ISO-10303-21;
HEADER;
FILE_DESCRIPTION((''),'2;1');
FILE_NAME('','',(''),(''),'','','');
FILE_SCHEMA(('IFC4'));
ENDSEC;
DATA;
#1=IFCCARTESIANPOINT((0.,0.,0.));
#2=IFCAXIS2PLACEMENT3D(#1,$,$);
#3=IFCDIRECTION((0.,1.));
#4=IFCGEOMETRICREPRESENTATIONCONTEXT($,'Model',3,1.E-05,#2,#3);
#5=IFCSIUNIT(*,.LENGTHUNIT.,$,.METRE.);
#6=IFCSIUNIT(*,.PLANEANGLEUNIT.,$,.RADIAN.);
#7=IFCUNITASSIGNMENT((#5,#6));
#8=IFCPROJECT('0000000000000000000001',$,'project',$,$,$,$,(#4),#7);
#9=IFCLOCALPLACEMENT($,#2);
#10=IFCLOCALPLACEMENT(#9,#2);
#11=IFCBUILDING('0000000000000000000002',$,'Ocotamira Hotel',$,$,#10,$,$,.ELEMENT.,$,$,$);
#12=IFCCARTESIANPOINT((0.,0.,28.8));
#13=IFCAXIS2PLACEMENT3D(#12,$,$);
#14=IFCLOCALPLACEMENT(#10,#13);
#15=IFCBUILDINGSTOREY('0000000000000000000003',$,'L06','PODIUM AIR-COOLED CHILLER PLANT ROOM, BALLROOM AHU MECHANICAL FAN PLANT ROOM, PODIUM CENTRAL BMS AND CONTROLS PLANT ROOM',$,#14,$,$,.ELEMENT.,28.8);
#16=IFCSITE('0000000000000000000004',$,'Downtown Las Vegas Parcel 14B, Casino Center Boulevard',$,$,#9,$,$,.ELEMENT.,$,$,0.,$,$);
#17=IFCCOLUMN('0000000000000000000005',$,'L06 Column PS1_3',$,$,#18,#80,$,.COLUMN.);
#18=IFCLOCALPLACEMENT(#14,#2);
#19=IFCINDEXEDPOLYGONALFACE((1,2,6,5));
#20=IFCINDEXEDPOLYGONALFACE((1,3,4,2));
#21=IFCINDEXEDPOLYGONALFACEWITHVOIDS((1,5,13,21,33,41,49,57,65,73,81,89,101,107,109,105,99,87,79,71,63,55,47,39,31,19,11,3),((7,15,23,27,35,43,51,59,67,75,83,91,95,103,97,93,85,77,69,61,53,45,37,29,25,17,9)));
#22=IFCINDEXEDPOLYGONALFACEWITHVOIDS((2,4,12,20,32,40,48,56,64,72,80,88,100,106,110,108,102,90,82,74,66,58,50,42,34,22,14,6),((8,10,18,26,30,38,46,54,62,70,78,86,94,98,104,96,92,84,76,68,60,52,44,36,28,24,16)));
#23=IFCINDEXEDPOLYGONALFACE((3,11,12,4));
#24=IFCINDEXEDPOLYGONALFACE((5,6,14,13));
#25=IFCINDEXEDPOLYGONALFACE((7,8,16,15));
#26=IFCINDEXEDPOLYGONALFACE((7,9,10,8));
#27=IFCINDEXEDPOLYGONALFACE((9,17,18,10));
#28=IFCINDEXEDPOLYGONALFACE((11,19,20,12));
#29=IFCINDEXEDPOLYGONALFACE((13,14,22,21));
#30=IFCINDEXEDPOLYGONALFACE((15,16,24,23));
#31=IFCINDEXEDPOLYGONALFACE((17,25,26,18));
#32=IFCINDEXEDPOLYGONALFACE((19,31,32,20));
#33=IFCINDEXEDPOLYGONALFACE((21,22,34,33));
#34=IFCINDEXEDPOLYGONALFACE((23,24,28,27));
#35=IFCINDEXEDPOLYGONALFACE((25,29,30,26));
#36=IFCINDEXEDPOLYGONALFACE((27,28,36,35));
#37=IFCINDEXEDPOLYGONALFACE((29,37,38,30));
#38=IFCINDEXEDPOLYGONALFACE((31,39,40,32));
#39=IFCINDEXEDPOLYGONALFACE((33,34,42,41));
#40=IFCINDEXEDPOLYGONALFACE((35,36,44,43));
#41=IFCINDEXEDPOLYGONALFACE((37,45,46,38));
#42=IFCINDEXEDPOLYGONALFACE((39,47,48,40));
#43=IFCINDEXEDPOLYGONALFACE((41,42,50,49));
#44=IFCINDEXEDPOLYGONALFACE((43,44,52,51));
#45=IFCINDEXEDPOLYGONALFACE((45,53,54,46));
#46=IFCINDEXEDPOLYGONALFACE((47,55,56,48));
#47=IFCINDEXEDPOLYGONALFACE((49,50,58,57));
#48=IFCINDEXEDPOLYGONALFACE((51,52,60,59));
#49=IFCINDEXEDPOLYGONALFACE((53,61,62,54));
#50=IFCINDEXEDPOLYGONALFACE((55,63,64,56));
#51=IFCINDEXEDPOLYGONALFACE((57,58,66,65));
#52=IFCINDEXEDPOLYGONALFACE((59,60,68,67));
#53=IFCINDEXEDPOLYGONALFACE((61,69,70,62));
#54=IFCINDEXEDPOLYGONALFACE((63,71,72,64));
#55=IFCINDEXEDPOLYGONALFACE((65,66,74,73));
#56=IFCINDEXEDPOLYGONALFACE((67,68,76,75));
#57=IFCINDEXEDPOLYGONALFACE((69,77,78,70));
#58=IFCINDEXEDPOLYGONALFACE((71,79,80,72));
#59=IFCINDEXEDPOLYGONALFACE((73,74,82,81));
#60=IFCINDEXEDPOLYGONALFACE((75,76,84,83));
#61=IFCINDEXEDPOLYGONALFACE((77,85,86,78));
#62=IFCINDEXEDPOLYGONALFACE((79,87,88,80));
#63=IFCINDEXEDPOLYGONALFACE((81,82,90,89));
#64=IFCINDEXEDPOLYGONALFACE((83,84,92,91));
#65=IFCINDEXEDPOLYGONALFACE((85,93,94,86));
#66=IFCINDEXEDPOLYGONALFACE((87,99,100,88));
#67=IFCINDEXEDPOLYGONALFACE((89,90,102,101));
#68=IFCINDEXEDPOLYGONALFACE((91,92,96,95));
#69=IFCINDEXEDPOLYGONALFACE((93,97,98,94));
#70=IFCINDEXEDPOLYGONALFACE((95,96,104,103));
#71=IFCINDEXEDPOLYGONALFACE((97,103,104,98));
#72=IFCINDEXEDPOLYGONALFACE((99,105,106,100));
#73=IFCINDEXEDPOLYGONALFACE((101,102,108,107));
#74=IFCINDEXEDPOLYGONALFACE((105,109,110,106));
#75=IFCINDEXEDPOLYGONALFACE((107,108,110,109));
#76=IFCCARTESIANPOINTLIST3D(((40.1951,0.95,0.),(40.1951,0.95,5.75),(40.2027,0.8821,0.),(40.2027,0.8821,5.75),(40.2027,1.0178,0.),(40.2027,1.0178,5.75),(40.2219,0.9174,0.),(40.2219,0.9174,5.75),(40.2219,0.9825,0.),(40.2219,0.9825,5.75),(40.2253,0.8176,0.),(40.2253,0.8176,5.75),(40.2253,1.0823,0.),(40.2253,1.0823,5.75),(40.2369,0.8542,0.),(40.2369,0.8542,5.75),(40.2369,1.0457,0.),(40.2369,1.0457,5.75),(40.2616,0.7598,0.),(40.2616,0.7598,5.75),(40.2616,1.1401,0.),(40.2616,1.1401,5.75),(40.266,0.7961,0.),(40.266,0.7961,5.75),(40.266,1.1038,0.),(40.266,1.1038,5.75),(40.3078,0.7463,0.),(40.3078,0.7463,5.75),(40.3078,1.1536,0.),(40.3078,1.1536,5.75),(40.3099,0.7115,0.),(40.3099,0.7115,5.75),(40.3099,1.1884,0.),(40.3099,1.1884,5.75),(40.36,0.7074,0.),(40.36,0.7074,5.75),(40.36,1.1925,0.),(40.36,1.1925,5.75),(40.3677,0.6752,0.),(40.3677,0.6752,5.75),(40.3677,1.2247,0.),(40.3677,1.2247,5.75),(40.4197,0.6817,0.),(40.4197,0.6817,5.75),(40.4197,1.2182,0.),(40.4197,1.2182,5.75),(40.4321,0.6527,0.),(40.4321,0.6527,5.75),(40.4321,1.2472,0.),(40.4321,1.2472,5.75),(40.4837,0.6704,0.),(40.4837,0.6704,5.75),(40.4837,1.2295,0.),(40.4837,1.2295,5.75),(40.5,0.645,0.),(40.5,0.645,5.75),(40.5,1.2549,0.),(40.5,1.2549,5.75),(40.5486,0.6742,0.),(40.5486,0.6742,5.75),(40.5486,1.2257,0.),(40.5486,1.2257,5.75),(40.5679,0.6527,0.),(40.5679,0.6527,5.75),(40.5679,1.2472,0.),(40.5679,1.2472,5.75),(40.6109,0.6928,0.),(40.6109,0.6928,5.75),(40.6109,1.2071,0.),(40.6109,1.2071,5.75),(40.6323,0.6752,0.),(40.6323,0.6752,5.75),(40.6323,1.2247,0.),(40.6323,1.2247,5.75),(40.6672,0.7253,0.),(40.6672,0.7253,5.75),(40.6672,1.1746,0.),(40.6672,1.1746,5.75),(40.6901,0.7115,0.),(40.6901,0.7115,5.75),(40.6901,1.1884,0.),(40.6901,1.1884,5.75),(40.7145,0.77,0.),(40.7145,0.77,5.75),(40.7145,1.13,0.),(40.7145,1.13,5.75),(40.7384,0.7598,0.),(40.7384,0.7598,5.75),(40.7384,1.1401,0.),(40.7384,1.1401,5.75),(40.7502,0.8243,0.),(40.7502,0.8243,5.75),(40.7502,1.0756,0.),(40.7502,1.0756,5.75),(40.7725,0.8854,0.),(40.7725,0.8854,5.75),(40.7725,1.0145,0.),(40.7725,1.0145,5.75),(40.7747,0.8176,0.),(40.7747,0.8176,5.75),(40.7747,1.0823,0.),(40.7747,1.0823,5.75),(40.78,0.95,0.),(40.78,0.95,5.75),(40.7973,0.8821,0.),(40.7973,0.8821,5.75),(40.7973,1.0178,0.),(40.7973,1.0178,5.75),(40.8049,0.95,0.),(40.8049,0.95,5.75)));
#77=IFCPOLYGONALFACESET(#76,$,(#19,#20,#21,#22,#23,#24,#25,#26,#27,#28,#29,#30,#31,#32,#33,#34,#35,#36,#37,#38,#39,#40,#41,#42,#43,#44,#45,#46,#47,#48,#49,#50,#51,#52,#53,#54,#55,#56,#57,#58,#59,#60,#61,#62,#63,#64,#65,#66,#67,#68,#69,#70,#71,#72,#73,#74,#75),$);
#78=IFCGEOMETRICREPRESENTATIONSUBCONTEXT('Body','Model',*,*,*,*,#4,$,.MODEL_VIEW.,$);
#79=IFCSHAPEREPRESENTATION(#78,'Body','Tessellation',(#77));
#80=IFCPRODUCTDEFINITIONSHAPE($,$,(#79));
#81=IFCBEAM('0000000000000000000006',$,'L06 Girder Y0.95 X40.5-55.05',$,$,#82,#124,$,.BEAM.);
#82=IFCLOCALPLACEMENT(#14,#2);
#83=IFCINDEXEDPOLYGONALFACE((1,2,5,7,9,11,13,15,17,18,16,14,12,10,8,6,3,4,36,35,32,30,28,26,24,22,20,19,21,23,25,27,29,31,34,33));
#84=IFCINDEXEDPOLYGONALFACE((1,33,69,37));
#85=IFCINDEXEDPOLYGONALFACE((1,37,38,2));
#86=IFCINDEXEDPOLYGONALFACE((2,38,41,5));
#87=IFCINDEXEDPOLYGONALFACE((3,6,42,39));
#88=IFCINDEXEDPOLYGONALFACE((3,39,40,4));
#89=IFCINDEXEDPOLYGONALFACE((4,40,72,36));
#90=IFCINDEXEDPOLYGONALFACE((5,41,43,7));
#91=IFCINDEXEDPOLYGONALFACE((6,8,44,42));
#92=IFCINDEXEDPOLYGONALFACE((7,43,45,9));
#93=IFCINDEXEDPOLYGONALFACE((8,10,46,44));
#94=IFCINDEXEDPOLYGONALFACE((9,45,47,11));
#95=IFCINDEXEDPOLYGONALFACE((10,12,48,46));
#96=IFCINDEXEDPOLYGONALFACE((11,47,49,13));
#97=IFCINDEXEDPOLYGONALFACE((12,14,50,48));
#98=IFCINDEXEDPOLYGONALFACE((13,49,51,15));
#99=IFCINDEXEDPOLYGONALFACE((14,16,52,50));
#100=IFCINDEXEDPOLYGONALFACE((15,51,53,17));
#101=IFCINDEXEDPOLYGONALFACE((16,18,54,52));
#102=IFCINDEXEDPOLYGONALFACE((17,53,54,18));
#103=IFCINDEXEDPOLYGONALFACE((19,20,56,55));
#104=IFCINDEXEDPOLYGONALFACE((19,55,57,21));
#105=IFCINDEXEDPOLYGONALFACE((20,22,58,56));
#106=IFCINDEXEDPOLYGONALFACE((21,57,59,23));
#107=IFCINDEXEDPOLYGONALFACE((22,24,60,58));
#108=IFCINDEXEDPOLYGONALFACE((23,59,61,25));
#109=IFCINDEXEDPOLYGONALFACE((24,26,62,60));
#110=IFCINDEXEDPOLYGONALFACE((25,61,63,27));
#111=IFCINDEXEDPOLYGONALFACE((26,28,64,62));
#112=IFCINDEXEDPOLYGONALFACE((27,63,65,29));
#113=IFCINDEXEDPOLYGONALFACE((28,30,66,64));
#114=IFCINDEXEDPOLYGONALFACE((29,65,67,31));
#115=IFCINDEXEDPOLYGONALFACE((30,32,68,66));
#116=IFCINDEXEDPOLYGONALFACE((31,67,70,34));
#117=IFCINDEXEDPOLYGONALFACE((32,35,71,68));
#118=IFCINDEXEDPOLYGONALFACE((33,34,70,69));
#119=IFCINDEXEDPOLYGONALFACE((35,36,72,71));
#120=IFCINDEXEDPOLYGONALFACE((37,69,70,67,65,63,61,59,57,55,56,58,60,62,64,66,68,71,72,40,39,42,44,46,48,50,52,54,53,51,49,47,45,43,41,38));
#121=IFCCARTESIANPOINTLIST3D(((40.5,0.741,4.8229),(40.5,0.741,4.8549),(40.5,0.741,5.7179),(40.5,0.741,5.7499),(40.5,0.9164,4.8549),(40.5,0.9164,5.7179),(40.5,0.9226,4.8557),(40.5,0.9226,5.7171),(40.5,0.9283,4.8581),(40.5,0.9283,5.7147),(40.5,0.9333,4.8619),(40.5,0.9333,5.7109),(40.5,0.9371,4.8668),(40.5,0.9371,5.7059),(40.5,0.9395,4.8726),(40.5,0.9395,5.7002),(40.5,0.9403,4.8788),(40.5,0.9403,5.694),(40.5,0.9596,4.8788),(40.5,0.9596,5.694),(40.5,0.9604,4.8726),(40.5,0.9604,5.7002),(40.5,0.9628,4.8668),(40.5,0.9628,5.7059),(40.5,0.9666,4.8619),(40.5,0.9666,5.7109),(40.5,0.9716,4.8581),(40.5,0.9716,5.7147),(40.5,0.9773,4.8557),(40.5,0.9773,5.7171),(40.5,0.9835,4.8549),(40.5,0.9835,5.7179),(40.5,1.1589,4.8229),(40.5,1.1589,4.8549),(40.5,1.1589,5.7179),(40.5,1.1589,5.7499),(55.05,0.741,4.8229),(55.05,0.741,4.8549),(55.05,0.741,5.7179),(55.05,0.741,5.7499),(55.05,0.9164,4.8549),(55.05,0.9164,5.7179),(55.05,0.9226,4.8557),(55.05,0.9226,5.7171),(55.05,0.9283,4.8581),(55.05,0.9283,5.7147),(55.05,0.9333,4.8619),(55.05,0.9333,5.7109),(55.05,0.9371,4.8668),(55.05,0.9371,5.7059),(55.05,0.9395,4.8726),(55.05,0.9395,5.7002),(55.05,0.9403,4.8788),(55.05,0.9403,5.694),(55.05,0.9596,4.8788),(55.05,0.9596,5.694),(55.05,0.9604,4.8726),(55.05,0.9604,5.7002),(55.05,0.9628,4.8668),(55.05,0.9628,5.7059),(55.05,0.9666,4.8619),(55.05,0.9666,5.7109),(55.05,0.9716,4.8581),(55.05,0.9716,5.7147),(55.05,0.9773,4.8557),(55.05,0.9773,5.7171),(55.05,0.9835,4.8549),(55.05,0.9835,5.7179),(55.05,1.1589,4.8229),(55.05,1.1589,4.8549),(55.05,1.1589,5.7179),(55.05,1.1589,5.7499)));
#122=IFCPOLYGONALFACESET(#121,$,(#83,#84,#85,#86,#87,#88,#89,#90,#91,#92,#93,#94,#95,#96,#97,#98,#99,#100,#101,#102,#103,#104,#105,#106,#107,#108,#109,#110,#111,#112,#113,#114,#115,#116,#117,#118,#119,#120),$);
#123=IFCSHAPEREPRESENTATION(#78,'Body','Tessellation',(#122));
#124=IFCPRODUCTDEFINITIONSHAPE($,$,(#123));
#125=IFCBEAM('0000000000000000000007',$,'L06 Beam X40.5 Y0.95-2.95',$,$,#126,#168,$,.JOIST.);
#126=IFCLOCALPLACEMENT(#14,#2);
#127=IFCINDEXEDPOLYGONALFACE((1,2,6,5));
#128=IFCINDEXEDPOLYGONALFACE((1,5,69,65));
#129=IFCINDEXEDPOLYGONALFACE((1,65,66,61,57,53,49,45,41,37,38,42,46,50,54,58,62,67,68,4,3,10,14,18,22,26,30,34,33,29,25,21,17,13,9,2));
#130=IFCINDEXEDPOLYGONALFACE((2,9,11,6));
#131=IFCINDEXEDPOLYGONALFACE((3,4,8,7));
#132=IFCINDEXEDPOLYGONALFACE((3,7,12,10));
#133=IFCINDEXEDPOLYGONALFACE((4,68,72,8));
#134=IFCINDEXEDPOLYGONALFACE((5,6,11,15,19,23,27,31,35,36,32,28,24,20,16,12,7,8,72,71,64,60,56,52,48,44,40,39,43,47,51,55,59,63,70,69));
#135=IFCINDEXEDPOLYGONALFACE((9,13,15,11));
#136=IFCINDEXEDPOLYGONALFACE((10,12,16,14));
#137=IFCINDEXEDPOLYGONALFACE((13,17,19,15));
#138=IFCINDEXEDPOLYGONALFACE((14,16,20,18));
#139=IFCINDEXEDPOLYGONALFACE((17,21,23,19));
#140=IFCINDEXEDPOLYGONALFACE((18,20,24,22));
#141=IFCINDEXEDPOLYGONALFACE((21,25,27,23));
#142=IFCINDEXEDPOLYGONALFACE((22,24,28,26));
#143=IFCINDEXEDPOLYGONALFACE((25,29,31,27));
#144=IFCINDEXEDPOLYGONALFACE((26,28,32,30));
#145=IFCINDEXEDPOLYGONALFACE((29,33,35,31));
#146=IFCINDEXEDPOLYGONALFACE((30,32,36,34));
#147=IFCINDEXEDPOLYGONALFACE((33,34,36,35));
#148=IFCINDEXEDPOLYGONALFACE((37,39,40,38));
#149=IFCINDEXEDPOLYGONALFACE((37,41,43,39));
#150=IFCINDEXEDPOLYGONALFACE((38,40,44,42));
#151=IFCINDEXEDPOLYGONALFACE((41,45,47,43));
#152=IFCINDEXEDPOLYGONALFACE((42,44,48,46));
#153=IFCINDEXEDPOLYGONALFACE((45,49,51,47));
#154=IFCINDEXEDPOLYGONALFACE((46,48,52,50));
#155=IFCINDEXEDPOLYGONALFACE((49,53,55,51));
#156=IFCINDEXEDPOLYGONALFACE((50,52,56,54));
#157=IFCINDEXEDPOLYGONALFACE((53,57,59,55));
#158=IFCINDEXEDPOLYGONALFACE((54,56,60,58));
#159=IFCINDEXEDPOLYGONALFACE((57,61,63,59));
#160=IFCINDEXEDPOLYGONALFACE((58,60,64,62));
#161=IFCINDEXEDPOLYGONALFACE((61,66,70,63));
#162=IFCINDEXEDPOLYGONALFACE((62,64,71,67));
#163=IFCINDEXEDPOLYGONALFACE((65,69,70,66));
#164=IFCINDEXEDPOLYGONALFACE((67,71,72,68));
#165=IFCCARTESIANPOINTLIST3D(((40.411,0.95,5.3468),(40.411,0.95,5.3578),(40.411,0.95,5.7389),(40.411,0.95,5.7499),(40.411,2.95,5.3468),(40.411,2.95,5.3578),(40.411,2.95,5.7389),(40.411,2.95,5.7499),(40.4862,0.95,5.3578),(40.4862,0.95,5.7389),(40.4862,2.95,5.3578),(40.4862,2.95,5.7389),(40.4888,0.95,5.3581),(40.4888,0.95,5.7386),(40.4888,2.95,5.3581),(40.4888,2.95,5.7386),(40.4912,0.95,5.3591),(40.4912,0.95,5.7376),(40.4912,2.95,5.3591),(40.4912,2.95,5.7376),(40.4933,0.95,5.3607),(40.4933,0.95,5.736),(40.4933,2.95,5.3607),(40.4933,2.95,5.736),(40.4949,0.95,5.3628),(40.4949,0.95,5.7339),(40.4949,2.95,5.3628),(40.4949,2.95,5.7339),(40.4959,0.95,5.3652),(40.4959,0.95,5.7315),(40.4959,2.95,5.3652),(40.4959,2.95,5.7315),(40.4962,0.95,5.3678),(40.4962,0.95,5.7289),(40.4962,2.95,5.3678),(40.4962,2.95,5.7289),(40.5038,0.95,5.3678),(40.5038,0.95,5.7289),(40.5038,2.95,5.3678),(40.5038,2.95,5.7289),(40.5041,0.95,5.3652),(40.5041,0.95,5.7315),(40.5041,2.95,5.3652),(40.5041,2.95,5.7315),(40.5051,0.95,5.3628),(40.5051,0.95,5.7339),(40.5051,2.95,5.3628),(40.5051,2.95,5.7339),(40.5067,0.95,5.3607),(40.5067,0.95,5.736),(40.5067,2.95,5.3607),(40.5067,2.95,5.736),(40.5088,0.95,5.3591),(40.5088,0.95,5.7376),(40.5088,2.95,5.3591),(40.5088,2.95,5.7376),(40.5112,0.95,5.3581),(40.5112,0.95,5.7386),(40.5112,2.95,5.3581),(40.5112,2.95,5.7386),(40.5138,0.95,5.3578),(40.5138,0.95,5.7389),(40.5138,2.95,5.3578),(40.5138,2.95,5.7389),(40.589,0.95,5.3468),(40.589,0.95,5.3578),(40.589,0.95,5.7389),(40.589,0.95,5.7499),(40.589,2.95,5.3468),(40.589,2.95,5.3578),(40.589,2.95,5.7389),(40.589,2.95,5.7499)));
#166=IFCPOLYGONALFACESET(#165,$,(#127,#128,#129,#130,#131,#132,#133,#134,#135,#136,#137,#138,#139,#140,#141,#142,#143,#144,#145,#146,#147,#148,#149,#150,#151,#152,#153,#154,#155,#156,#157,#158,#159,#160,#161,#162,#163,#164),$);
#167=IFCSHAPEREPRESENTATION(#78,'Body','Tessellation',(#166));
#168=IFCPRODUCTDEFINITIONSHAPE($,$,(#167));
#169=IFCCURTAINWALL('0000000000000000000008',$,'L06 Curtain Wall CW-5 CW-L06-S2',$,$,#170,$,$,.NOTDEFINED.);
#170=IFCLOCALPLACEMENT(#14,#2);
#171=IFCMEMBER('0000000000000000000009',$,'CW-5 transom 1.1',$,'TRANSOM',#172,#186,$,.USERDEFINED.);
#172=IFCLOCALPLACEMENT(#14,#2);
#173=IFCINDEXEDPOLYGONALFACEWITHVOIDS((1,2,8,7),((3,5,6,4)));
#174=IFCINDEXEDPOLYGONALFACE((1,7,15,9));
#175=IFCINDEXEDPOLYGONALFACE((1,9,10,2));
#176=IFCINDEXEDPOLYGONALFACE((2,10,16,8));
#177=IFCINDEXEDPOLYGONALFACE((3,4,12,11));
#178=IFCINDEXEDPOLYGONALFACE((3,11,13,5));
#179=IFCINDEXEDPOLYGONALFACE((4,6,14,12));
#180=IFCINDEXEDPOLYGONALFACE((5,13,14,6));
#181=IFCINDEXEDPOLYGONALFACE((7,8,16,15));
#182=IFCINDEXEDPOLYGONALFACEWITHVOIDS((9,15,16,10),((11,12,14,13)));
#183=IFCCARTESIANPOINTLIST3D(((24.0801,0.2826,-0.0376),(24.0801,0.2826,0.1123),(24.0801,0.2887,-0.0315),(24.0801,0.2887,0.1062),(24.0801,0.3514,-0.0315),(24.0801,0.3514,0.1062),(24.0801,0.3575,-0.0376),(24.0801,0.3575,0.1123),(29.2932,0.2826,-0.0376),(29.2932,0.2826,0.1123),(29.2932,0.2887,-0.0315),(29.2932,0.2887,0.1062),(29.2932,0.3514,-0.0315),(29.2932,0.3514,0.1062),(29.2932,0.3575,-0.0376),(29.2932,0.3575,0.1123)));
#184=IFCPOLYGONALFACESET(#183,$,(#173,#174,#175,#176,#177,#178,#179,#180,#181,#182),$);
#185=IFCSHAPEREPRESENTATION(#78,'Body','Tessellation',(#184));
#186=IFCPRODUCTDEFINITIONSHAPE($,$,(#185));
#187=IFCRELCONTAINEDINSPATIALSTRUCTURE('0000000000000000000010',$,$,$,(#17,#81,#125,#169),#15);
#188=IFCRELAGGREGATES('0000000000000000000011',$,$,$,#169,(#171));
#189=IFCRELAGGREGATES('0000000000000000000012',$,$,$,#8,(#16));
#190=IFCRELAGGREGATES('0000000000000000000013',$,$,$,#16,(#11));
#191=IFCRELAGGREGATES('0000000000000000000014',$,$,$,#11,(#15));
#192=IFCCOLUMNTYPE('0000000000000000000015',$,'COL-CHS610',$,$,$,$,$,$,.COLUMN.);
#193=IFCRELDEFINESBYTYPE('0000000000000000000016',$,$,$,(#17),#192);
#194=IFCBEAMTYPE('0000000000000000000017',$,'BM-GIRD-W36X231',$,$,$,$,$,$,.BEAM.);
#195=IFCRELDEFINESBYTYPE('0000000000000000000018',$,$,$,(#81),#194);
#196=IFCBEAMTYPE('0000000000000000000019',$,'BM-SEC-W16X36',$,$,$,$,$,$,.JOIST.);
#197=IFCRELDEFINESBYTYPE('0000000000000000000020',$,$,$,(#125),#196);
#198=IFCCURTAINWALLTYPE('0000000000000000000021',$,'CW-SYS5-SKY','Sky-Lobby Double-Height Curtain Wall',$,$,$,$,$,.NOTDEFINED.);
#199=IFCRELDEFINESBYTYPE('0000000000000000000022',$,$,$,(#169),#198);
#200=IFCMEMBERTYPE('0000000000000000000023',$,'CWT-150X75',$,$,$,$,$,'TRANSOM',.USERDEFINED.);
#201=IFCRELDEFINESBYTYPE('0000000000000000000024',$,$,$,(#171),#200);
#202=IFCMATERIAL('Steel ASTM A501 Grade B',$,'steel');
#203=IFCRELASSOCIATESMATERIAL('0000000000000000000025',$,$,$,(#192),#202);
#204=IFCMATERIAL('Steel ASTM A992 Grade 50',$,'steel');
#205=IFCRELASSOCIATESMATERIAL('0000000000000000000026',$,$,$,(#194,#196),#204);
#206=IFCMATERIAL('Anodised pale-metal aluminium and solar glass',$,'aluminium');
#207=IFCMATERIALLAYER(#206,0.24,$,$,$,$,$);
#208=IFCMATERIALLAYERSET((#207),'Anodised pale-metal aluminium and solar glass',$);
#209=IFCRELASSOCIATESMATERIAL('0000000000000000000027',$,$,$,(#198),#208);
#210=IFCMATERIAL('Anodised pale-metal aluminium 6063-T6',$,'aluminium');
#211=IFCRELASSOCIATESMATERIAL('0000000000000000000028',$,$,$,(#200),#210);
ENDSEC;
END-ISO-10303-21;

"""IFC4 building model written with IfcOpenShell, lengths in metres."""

from ifc_helpers import new_model, si_unit, direction, frame, origin, origin_2d, place, context, subcontext, project, spatial, hollow_rectangle, hollow_circle, i_section, extrude, source, transform, mapped, material, layer, layer_set, material_profile, profile_set, type_object, element, aggregate, save


model = new_model("IFC4")

# Units and contexts
model_context = context("Model", 3, precision=1e-05, world=origin(), true_north=direction((0.0, 1.0)))
body_context = subcontext(model_context, "Body", "Model", "MODEL_VIEW")
ifc_project = project(units=[si_unit("LENGTHUNIT", "METRE"), si_unit("PLANEANGLEUNIT", "RADIAN")], contexts=[model_context])

# Site, building, storey
site_placement = place(None, origin())
site = spatial("IfcSite", under=ifc_project, at=site_placement, Name="Downtown Las Vegas Parcel 14B, Casino Center Boulevard", CompositionType="ELEMENT", RefElevation=0.0)
building_placement = place(site_placement, origin())
building = spatial("IfcBuilding", under=site, at=building_placement, Name="Ocotamira Hotel", CompositionType="ELEMENT")
storey_placement = place(building_placement, frame((0.0, 0.0, 28.8)))
storey = spatial("IfcBuildingStorey", under=building, at=storey_placement, Name="L06", Description="PODIUM AIR-COOLED CHILLER PLANT ROOM, BALLROOM AHU MECHANICAL FAN PLANT ROOM, PODIUM CENTRAL BMS AND CONTROLS PLANT ROOM", CompositionType="ELEMENT", Elevation=28.8)

# Column
ifc_material_1 = material(Name="Steel ASTM A501 Grade B", Category="steel")
ifc_material_profile_1 = material_profile(ifc_material_1, hollow_circle(Radius=0.3049, WallThickness=0.0249, at=origin_2d()), Name="CHS610X25")
ifc_profile_set_1 = profile_set([ifc_material_profile_1], Name="Steel ASTM A501 Grade B")
column_type = type_object("IfcColumnType", Name="COL-CHS610", PredefinedType="COLUMN", material=ifc_profile_set_1)
shared_shape_1 = source(origin(), body_context, "Body", "SweptSolid", [
    extrude(hollow_circle(Radius=0.3049, WallThickness=0.0249, at=origin_2d()), origin(), (0.0, 0.0, 1.0), 5.75),
])
column_placement = place(storey_placement, frame((40.5, 0.95, 0.0), z_axis=(0.0, 0.0, 1.0), x_axis=(1.0, 0.0, 0.0)))
element("IfcColumn", 1, at=column_placement, inside=storey, type_object=column_type, Name="L06 Column PS1_3", PredefinedType="COLUMN", context=body_context, shape_type="MappedRepresentation", body=[
    mapped(shared_shape_1, transform((0.0, 0.0, 0.0), scale=1.0)),
])

# Beams
ifc_material_2 = material(Name="Steel ASTM A992 Grade 50", Category="steel")
ifc_material_profile_2 = material_profile(ifc_material_2, i_section(OverallWidth=0.418, OverallDepth=0.927, WebThickness=0.0193, FlangeThickness=0.032, FilletRadius=0.0239, at=origin_2d()), Name="W36X231")
ifc_profile_set_2 = profile_set([ifc_material_profile_2], Name="Steel ASTM A992 Grade 50")
beam_type_1 = type_object("IfcBeamType", Name="BM-GIRD-W36X231", PredefinedType="BEAM", material=ifc_profile_set_2)
shared_shape_2 = source(origin(), body_context, "Body", "SweptSolid", [
    extrude(i_section(OverallWidth=0.418, OverallDepth=0.927, WebThickness=0.0193, FlangeThickness=0.032, FilletRadius=0.0239, at=origin_2d()), origin(), (0.0, 0.0, 1.0), 14.55),
])
beam_1_placement = place(storey_placement, frame((40.5, 0.95, 5.2864), z_axis=(1.0, 0.0, 0.0), x_axis=(0.0, 1.0, 0.0)))
element("IfcBeam", 2, at=beam_1_placement, inside=storey, type_object=beam_type_1, Name="L06 Girder Y0.95 X40.5-55.05", PredefinedType="BEAM", context=body_context, shape_type="MappedRepresentation", body=[
    mapped(shared_shape_2, transform((0.0, 0.0, 0.0), scale=1.0)),
])
ifc_material_profile_3 = material_profile(ifc_material_2, i_section(OverallWidth=0.178, OverallDepth=0.4031, WebThickness=0.0076, FlangeThickness=0.011, FilletRadius=0.01, at=origin_2d()), Name="W16X36")
ifc_profile_set_3 = profile_set([ifc_material_profile_3], Name="Steel ASTM A992 Grade 50")
beam_type_2 = type_object("IfcBeamType", Name="BM-SEC-W16X36", PredefinedType="JOIST", material=ifc_profile_set_3)
shared_shape_3 = source(origin(), body_context, "Body", "SweptSolid", [
    extrude(i_section(OverallWidth=0.178, OverallDepth=0.4031, WebThickness=0.0076, FlangeThickness=0.011, FilletRadius=0.01, at=origin_2d()), origin(), (0.0, 0.0, 1.0), 2.0),
])
beam_2_placement = place(storey_placement, frame((40.5, 0.95, 5.5483), z_axis=(0.0, 1.0, 0.0), x_axis=(-1.0, 0.0, 0.0)))
element("IfcBeam", 3, at=beam_2_placement, inside=storey, type_object=beam_type_2, Name="L06 Beam X40.5 Y0.95-2.95", PredefinedType="JOIST", context=body_context, shape_type="MappedRepresentation", body=[
    mapped(shared_shape_3, transform((0.0, 0.0, 0.0), scale=1.0)),
])

# Curtain wall, member
ifc_material_3 = material(Name="Anodised pale-metal aluminium and solar glass", Category="aluminium")
ifc_layer_1 = layer(ifc_material_3, 0.24)
ifc_layer_set_1 = layer_set([ifc_layer_1], Name="Anodised pale-metal aluminium and solar glass")
curtain_wall_type = type_object("IfcCurtainWallType", Name="CW-SYS5-SKY", Description="Sky-Lobby Double-Height Curtain Wall", PredefinedType="NOTDEFINED", material=ifc_layer_set_1)
curtain_wall_1_placement = place(storey_placement, origin())
curtain_wall_1 = element("IfcCurtainWall", 4, at=curtain_wall_1_placement, inside=storey, type_object=curtain_wall_type, Name="L06 Curtain Wall CW-5 CW-L06-S2", PredefinedType="NOTDEFINED")
ifc_material_4 = material(Name="Anodised pale-metal aluminium 6063-T6", Category="aluminium")
ifc_material_profile_4 = material_profile(ifc_material_4, hollow_rectangle(XDim=0.075, YDim=0.1499, WallThickness=0.0061, at=origin_2d()), Name="HSS150X75X6")
ifc_profile_set_4 = profile_set([ifc_material_profile_4], Name="Anodised pale-metal aluminium 6063-T6")
member_type_1 = type_object("IfcMemberType", Name="CWT-150X75", ElementType="TRANSOM", PredefinedType="USERDEFINED", material=ifc_profile_set_4)
shared_shape_4 = source(origin(), body_context, "Body", "SweptSolid", [
    extrude(hollow_rectangle(XDim=0.075, YDim=0.1499, WallThickness=0.0061, at=origin_2d()), origin(), (0.0, 0.0, 1.0), 5.2131),
])
member_1_placement = place(storey_placement, frame((24.0801, 0.3201, 0.0374), z_axis=(1.0, 0.0, 0.0), x_axis=(0.0, 1.0, 0.0)))
member_1 = element("IfcMember", 5, at=member_1_placement, type_object=member_type_1, Name="CW-5 transom 1.1", ObjectType="TRANSOM", PredefinedType="USERDEFINED", context=body_context, shape_type="MappedRepresentation", body=[
    mapped(shared_shape_4, transform((0.0, 0.0, 0.0), scale=1.0)),
])

aggregate(curtain_wall_1, [member_1])

save(model, "model.ifc")
